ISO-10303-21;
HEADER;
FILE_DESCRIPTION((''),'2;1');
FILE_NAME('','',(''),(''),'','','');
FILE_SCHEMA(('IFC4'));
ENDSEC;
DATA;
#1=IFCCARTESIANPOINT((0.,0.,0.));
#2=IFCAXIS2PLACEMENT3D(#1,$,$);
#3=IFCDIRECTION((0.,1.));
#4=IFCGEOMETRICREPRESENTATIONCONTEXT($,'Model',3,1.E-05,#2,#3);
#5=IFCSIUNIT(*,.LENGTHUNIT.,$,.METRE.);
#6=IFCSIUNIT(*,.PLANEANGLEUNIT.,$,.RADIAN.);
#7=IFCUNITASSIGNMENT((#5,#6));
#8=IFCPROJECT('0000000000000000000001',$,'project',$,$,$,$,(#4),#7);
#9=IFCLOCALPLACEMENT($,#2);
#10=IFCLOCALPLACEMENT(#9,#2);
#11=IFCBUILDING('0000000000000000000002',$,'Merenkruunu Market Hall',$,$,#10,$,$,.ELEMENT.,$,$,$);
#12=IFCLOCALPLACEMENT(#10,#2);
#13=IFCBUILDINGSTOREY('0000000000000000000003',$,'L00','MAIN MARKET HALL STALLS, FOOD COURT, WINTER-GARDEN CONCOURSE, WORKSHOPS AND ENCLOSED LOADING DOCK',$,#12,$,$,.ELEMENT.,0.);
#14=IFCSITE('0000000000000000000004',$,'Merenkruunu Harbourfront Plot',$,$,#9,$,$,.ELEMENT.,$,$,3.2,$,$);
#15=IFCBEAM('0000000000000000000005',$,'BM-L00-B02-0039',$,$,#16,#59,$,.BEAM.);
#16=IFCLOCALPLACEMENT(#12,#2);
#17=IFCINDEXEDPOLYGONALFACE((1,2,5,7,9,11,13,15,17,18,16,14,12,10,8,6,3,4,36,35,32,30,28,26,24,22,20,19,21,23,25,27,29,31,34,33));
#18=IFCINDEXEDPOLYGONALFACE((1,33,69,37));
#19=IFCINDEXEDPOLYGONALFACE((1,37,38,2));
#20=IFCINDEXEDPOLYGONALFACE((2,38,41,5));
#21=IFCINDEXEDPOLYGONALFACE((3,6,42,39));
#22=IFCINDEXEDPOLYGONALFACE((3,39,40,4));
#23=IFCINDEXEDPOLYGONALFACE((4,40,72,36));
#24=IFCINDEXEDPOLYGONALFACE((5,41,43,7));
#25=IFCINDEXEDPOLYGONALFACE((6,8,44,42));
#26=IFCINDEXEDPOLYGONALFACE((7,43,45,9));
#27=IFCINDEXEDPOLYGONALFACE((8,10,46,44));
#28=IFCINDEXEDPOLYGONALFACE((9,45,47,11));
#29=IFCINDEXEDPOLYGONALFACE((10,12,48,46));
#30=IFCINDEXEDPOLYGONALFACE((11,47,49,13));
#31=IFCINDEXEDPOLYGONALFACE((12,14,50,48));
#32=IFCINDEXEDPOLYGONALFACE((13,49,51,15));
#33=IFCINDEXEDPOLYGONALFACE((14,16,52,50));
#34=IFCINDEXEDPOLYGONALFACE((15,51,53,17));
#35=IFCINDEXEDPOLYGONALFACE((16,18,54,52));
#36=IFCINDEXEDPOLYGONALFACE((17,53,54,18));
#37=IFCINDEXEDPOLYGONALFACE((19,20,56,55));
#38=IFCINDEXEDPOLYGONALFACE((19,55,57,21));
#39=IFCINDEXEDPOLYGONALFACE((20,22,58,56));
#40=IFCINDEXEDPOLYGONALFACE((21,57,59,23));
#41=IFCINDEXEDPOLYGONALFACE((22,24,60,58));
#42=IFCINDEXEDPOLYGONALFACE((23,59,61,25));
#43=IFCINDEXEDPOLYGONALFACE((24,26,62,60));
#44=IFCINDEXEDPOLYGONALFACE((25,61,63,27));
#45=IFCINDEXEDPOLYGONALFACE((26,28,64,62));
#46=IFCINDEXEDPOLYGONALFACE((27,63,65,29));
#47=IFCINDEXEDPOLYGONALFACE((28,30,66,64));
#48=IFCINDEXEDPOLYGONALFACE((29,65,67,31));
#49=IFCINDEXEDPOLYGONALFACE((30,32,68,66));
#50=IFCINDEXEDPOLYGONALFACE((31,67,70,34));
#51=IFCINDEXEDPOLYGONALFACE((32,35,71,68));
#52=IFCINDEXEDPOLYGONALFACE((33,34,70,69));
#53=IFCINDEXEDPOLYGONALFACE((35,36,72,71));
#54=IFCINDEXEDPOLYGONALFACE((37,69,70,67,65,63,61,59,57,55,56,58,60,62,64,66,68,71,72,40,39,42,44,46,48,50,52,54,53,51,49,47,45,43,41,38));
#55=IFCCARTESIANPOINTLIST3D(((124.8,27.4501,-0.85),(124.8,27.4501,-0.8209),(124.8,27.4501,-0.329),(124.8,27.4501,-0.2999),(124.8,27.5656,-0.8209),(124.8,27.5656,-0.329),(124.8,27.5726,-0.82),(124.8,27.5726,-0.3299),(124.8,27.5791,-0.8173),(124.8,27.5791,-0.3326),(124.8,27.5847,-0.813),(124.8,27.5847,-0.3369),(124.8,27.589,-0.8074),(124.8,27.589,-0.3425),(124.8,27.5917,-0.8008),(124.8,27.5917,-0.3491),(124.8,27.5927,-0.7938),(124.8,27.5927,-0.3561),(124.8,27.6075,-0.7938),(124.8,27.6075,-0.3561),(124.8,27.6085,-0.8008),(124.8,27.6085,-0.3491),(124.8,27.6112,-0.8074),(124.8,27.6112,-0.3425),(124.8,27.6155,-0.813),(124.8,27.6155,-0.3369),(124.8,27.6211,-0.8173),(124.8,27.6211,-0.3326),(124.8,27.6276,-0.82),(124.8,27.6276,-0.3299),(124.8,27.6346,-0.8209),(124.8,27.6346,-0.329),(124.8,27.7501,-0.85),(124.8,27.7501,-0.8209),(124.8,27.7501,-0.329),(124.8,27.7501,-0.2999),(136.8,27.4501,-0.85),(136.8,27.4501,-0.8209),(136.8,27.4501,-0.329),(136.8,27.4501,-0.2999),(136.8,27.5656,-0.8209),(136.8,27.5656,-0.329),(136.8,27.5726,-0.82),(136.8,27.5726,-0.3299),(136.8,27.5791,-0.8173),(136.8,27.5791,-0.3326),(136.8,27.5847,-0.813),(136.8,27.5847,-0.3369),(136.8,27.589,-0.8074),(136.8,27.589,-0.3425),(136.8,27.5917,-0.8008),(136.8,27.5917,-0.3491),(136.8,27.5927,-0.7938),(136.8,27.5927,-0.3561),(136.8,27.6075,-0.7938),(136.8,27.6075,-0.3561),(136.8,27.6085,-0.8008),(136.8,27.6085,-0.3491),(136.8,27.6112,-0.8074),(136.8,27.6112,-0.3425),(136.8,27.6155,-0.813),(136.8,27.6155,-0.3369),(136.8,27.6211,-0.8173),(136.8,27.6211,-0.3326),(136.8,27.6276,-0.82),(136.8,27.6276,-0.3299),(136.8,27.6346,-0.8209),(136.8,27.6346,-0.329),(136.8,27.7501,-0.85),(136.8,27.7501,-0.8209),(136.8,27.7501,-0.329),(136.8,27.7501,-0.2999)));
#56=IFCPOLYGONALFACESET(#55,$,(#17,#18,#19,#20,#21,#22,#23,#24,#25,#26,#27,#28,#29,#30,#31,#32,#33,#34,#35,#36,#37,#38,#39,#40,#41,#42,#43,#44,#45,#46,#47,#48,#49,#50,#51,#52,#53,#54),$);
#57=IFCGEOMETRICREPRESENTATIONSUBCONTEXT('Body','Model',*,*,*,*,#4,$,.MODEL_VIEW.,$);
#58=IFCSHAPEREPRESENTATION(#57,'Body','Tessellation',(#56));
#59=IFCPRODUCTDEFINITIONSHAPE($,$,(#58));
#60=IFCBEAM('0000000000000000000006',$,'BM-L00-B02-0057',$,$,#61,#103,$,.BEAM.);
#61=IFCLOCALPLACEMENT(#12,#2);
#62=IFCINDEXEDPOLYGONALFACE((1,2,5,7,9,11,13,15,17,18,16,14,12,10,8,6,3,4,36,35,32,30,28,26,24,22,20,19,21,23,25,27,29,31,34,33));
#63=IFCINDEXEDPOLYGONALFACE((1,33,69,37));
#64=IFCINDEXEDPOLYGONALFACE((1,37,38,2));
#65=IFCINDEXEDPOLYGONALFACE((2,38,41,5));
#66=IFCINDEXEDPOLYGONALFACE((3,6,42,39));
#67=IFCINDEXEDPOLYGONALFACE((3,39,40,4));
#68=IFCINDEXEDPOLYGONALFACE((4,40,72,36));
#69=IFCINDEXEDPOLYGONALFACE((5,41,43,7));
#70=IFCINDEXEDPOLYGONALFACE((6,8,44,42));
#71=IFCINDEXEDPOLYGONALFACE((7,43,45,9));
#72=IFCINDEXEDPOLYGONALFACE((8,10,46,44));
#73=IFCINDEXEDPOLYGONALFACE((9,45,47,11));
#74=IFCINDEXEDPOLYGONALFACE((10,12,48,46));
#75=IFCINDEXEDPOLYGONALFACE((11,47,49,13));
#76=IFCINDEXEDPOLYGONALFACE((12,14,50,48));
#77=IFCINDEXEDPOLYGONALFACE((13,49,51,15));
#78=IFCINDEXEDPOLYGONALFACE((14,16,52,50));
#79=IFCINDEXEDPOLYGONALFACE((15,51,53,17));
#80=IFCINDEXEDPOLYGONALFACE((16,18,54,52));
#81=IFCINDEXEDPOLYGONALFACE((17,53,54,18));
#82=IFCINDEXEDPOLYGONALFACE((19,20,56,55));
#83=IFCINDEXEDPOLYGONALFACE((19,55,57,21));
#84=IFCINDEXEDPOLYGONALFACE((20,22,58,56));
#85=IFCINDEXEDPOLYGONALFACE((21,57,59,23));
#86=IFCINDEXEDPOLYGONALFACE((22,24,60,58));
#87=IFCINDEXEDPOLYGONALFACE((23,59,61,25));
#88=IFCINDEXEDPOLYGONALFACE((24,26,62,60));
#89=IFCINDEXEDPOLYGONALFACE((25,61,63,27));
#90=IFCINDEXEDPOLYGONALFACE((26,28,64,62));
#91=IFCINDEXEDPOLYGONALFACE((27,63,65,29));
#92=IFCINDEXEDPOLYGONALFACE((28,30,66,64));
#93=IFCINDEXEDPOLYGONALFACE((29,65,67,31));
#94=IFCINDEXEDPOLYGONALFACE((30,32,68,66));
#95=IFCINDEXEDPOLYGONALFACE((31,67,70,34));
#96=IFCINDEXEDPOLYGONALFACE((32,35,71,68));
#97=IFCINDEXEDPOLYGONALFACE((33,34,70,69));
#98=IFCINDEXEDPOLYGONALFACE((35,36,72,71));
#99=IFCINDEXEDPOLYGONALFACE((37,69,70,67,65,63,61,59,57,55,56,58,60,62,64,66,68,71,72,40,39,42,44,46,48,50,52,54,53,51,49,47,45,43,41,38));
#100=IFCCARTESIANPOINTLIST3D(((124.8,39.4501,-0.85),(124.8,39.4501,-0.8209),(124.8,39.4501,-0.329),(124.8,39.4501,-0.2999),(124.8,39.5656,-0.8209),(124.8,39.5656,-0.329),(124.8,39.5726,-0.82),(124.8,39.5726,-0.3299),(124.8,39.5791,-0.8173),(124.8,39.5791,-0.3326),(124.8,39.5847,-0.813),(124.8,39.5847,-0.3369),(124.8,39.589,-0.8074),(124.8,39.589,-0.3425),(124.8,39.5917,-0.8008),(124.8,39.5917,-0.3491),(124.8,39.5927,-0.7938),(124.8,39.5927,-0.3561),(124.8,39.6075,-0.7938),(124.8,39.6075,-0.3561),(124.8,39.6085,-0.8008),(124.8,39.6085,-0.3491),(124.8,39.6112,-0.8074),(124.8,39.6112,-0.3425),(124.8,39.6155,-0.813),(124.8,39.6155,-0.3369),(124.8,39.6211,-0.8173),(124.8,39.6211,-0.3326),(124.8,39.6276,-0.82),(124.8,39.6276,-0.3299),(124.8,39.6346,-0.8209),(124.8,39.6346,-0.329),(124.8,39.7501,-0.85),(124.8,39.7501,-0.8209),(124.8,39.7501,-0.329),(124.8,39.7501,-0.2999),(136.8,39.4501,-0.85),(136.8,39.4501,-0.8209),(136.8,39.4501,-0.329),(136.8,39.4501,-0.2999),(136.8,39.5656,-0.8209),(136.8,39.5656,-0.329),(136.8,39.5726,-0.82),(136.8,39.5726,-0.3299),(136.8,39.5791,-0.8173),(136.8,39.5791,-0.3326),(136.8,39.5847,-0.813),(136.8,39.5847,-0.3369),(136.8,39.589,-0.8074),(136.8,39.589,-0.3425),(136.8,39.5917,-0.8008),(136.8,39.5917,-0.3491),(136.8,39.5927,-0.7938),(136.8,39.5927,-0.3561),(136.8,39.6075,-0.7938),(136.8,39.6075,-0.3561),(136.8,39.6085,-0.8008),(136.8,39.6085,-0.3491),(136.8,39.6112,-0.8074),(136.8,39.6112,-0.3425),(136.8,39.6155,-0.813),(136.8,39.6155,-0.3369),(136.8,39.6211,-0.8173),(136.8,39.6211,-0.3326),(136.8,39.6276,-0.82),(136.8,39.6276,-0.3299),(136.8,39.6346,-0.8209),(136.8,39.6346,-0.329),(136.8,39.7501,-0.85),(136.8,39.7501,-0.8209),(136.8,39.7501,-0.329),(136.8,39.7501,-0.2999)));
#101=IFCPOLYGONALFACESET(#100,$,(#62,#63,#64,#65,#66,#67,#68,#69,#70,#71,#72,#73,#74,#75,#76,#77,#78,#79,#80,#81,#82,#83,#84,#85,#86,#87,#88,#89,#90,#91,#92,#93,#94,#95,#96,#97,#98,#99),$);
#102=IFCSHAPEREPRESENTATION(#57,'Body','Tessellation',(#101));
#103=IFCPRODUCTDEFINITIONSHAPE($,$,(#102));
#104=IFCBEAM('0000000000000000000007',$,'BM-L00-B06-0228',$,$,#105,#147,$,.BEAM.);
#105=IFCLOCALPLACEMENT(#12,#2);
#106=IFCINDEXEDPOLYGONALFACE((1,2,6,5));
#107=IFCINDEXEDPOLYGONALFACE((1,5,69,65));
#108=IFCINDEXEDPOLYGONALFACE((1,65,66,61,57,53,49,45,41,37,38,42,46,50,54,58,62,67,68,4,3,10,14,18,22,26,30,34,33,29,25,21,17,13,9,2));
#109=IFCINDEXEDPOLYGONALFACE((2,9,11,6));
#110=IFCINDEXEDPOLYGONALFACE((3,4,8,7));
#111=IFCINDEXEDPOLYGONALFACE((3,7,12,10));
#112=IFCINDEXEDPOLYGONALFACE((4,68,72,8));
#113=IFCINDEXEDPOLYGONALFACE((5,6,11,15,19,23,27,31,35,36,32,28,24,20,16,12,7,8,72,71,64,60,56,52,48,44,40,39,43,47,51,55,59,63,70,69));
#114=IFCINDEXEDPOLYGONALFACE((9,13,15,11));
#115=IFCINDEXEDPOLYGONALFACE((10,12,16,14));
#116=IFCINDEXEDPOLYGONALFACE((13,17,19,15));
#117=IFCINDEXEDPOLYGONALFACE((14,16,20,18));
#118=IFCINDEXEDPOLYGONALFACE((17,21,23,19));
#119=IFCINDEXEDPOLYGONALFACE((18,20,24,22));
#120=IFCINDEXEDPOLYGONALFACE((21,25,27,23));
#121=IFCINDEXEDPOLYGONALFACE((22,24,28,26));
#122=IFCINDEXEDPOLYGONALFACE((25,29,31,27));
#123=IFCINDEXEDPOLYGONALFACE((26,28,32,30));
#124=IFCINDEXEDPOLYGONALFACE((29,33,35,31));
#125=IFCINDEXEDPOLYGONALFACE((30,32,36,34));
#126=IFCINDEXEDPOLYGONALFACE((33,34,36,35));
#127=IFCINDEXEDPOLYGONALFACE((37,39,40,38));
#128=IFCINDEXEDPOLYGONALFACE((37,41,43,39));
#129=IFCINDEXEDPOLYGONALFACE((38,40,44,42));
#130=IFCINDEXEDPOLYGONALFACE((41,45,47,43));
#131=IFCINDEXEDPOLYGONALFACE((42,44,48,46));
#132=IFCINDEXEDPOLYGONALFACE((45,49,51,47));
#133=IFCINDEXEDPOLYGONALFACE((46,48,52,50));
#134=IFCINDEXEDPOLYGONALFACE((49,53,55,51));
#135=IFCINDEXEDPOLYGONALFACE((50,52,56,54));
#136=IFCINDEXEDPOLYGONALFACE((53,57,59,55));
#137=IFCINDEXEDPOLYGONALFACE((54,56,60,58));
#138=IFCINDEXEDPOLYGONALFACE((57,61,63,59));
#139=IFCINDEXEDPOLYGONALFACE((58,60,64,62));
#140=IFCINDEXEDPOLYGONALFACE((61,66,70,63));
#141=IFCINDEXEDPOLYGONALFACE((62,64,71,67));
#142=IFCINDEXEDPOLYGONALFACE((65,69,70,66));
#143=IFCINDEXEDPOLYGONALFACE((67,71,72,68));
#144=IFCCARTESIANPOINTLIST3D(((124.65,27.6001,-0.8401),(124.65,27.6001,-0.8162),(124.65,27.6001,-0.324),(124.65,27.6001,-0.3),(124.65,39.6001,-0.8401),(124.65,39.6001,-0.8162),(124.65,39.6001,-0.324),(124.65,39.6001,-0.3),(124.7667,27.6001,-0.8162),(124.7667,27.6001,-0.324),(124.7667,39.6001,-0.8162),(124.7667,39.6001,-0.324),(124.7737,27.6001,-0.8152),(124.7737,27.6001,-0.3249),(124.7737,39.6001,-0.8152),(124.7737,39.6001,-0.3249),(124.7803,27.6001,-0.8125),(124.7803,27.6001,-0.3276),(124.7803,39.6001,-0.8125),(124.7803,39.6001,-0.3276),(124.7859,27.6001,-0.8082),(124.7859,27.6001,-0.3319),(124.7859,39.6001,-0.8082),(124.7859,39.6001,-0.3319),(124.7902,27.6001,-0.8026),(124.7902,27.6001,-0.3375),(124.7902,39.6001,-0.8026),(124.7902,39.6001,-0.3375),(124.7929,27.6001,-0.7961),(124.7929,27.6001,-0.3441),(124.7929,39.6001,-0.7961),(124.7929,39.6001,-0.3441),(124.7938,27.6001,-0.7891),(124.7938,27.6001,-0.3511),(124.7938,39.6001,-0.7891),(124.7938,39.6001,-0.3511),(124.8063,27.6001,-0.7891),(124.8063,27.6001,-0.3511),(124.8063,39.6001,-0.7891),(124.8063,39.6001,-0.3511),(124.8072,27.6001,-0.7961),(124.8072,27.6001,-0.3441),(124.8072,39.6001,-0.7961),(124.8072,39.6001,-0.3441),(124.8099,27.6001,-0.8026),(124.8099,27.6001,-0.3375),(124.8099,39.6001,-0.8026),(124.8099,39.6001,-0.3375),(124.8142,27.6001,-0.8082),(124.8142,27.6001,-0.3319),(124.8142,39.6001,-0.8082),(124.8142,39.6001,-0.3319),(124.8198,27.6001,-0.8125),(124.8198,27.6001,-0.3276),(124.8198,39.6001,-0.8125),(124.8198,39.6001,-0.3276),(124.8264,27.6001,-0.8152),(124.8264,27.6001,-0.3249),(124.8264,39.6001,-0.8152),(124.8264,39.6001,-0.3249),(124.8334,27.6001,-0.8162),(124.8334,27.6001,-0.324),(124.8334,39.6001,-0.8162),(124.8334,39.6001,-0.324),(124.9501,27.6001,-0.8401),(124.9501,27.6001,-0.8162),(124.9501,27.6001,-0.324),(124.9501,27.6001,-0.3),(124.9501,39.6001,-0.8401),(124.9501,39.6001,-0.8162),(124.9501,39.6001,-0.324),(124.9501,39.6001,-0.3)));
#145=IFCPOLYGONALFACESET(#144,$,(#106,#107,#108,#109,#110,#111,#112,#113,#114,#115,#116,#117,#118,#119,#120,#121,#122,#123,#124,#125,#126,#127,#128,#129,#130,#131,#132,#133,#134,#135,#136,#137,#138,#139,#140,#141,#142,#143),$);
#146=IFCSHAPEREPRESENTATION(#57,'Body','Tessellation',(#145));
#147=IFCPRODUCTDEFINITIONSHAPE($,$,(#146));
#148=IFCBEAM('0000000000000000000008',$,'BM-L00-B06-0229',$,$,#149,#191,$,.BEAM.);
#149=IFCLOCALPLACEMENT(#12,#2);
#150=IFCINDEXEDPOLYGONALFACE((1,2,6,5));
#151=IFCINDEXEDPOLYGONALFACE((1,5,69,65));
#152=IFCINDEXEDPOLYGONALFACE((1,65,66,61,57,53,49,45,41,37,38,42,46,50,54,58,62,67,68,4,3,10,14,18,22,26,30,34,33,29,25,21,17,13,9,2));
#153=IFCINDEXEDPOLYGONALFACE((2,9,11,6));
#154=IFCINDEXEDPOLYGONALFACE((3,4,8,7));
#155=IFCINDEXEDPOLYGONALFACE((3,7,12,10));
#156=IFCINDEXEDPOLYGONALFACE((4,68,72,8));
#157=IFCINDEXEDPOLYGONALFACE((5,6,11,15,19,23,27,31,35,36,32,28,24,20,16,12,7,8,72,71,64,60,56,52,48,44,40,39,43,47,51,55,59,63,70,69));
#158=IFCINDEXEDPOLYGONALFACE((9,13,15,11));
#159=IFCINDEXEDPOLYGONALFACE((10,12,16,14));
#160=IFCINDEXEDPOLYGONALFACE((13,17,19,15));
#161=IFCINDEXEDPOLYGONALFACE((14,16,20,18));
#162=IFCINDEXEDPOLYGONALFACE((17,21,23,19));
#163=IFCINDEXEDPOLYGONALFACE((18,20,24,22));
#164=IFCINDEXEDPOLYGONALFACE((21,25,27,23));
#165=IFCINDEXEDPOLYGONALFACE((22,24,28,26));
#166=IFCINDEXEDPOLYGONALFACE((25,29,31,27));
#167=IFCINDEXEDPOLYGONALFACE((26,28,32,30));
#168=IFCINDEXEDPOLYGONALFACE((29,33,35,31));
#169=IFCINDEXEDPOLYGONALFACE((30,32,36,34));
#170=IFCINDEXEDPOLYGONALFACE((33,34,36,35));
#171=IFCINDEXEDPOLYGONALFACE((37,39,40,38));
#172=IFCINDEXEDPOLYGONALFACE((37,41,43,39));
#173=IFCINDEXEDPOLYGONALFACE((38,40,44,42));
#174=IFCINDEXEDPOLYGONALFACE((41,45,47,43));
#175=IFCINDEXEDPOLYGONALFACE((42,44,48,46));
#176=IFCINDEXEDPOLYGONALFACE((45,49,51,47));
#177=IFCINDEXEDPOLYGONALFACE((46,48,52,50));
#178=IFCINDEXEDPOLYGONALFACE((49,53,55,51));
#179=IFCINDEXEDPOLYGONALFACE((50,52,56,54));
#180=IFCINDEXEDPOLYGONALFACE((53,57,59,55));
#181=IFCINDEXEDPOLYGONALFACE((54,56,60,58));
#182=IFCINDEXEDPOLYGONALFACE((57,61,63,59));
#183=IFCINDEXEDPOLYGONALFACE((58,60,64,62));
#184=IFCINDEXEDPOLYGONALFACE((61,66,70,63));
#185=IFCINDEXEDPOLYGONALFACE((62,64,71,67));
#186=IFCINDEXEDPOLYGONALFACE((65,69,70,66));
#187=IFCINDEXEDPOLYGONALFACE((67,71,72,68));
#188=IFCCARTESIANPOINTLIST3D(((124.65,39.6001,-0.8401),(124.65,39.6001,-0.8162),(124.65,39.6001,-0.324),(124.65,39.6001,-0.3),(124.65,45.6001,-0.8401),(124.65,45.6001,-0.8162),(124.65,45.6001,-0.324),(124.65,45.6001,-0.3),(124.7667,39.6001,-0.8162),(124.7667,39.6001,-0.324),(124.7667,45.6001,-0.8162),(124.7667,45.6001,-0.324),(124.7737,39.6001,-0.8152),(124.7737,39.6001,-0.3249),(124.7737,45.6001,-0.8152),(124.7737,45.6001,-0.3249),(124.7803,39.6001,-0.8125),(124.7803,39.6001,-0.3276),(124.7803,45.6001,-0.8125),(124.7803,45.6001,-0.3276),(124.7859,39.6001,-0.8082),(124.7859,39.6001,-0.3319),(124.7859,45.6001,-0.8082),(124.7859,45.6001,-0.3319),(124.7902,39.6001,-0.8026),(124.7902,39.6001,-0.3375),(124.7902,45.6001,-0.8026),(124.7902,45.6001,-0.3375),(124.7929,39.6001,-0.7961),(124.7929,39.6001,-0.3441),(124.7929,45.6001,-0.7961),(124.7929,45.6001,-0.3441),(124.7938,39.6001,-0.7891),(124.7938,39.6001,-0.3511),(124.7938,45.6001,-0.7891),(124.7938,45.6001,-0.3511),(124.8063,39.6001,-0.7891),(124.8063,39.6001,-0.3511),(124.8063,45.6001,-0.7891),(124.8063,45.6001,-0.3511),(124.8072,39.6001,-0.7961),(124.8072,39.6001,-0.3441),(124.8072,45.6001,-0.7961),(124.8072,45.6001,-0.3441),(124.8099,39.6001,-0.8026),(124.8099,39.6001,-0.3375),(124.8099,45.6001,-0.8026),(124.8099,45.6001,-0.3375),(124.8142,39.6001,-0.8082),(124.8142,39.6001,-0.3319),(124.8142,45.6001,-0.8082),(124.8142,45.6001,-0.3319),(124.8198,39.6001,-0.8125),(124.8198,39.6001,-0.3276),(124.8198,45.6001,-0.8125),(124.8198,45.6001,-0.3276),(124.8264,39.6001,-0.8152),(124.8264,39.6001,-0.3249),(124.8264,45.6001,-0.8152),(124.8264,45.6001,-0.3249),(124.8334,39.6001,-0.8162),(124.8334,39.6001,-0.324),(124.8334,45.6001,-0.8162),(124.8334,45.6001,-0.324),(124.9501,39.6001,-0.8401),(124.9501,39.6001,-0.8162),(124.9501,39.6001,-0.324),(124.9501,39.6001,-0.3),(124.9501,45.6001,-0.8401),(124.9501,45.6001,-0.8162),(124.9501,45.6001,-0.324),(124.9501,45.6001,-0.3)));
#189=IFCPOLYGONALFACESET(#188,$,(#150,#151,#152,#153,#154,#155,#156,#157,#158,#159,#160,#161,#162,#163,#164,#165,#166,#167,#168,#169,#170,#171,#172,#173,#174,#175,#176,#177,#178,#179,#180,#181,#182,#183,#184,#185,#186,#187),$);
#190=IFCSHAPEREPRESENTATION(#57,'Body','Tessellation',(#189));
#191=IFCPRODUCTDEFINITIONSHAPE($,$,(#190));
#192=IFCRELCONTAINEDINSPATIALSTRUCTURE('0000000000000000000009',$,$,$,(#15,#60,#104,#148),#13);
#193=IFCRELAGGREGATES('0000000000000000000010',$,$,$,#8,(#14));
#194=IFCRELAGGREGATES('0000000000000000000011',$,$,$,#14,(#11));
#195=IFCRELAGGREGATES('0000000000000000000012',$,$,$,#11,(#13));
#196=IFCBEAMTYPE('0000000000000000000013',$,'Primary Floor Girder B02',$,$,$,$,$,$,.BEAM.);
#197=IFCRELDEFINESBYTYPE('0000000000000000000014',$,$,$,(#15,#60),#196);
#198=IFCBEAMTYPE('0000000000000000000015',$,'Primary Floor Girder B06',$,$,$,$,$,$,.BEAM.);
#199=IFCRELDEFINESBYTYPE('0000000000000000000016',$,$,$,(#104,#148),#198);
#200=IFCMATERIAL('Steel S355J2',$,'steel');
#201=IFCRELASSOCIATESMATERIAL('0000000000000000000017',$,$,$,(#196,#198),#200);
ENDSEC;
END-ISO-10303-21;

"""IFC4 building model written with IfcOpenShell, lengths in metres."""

from ifc_helpers import new_model, si_unit, direction, frame, origin, origin_2d, place, context, subcontext, project, spatial, i_section, extrude, material, material_profile, profile_set, type_object, element, save


model = new_model("IFC4")

# Units and contexts
model_context = context("Model", 3, precision=1e-05, world=origin(), true_north=direction((0.0, 1.0)))
body_context = subcontext(model_context, "Body", "Model", "MODEL_VIEW")
ifc_project = project(units=[si_unit("LENGTHUNIT", "METRE"), si_unit("PLANEANGLEUNIT", "RADIAN")], contexts=[model_context])

# Site, building, storey
site_placement = place(None, origin())
site = spatial("IfcSite", under=ifc_project, at=site_placement, Name="Merenkruunu Harbourfront Plot", CompositionType="ELEMENT", RefElevation=3.2)
building_placement = place(site_placement, origin())
building = spatial("IfcBuilding", under=site, at=building_placement, Name="Merenkruunu Market Hall", CompositionType="ELEMENT")
storey_placement = place(building_placement, origin())
storey = spatial("IfcBuildingStorey", under=building, at=storey_placement, Name="L00", Description="MAIN MARKET HALL STALLS, FOOD COURT, WINTER-GARDEN CONCOURSE, WORKSHOPS AND ENCLOSED LOADING DOCK", CompositionType="ELEMENT", Elevation=0.0)

# Shared definitions
ifc_material_1 = material(Name="Steel S355J2", Category="steel")

# Beams
ifc_material_profile_1 = material_profile(ifc_material_1, i_section(OverallWidth=0.3, OverallDepth=0.55, WebThickness=0.0149, FlangeThickness=0.0291, FilletRadius=0.0271, at=origin_2d()), Name="HEB 550")
ifc_profile_set_1 = profile_set([ifc_material_profile_1], Name="Steel S355J2")
beam_type_1 = type_object("IfcBeamType", Name="Primary Floor Girder B02", PredefinedType="BEAM", material=ifc_profile_set_1)
for number, where, z_axis, x_axis, name in (
    (1, (124.8, 27.6001, -0.575), (1.0, 0.0, 0.0), (0.0, 1.0, 0.0), "BM-L00-B02-0039"),
    (2, (124.8, 39.6001, -0.575), (1.0, 0.0, 0.0), (0.0, 1.0, 0.0), "BM-L00-B02-0057"),
):
    element("IfcBeam", number, at=place(storey_placement, frame(where, z_axis=z_axis, x_axis=x_axis)), inside=storey, type_object=beam_type_1, Name=name, PredefinedType="BEAM", context=body_context, shape_type="SweptSolid", body=[
        extrude(i_section(OverallWidth=0.3, OverallDepth=0.55, WebThickness=0.0149, FlangeThickness=0.0291, FilletRadius=0.0271, at=origin_2d()), origin(), (0.0, 0.0, 1.0), 12.0),
    ])
ifc_material_profile_2 = material_profile(ifc_material_1, i_section(OverallWidth=0.3, OverallDepth=0.54, WebThickness=0.0125, FlangeThickness=0.0239, FilletRadius=0.0271, at=origin_2d()), Name="HEA 550")
ifc_profile_set_2 = profile_set([ifc_material_profile_2], Name="Steel S355J2")
beam_type_2 = type_object("IfcBeamType", Name="Primary Floor Girder B06", PredefinedType="BEAM", material=ifc_profile_set_2)
beam_1_placement = place(storey_placement, frame((124.8, 27.6001, -0.5701), z_axis=(0.0, 1.0, 0.0), x_axis=(-1.0, 0.0, 0.0)))
element("IfcBeam", 3, at=beam_1_placement, inside=storey, type_object=beam_type_2, Name="BM-L00-B06-0228", PredefinedType="BEAM", context=body_context, shape_type="SweptSolid", body=[
    extrude(i_section(OverallWidth=0.3, OverallDepth=0.54, WebThickness=0.0125, FlangeThickness=0.0239, FilletRadius=0.0271, at=origin_2d()), origin(), (0.0, 0.0, 1.0), 12.0),
])
beam_2_placement = place(storey_placement, frame((124.8, 39.6001, -0.5701), z_axis=(0.0, 1.0, 0.0), x_axis=(-1.0, 0.0, 0.0)))
element("IfcBeam", 4, at=beam_2_placement, inside=storey, type_object=beam_type_2, Name="BM-L00-B06-0229", PredefinedType="BEAM", context=body_context, shape_type="SweptSolid", body=[
    extrude(i_section(OverallWidth=0.3, OverallDepth=0.54, WebThickness=0.0125, FlangeThickness=0.0239, FilletRadius=0.0271, at=origin_2d()), origin(), (0.0, 0.0, 1.0), 6.0),
])

save(model, "model.ifc")
